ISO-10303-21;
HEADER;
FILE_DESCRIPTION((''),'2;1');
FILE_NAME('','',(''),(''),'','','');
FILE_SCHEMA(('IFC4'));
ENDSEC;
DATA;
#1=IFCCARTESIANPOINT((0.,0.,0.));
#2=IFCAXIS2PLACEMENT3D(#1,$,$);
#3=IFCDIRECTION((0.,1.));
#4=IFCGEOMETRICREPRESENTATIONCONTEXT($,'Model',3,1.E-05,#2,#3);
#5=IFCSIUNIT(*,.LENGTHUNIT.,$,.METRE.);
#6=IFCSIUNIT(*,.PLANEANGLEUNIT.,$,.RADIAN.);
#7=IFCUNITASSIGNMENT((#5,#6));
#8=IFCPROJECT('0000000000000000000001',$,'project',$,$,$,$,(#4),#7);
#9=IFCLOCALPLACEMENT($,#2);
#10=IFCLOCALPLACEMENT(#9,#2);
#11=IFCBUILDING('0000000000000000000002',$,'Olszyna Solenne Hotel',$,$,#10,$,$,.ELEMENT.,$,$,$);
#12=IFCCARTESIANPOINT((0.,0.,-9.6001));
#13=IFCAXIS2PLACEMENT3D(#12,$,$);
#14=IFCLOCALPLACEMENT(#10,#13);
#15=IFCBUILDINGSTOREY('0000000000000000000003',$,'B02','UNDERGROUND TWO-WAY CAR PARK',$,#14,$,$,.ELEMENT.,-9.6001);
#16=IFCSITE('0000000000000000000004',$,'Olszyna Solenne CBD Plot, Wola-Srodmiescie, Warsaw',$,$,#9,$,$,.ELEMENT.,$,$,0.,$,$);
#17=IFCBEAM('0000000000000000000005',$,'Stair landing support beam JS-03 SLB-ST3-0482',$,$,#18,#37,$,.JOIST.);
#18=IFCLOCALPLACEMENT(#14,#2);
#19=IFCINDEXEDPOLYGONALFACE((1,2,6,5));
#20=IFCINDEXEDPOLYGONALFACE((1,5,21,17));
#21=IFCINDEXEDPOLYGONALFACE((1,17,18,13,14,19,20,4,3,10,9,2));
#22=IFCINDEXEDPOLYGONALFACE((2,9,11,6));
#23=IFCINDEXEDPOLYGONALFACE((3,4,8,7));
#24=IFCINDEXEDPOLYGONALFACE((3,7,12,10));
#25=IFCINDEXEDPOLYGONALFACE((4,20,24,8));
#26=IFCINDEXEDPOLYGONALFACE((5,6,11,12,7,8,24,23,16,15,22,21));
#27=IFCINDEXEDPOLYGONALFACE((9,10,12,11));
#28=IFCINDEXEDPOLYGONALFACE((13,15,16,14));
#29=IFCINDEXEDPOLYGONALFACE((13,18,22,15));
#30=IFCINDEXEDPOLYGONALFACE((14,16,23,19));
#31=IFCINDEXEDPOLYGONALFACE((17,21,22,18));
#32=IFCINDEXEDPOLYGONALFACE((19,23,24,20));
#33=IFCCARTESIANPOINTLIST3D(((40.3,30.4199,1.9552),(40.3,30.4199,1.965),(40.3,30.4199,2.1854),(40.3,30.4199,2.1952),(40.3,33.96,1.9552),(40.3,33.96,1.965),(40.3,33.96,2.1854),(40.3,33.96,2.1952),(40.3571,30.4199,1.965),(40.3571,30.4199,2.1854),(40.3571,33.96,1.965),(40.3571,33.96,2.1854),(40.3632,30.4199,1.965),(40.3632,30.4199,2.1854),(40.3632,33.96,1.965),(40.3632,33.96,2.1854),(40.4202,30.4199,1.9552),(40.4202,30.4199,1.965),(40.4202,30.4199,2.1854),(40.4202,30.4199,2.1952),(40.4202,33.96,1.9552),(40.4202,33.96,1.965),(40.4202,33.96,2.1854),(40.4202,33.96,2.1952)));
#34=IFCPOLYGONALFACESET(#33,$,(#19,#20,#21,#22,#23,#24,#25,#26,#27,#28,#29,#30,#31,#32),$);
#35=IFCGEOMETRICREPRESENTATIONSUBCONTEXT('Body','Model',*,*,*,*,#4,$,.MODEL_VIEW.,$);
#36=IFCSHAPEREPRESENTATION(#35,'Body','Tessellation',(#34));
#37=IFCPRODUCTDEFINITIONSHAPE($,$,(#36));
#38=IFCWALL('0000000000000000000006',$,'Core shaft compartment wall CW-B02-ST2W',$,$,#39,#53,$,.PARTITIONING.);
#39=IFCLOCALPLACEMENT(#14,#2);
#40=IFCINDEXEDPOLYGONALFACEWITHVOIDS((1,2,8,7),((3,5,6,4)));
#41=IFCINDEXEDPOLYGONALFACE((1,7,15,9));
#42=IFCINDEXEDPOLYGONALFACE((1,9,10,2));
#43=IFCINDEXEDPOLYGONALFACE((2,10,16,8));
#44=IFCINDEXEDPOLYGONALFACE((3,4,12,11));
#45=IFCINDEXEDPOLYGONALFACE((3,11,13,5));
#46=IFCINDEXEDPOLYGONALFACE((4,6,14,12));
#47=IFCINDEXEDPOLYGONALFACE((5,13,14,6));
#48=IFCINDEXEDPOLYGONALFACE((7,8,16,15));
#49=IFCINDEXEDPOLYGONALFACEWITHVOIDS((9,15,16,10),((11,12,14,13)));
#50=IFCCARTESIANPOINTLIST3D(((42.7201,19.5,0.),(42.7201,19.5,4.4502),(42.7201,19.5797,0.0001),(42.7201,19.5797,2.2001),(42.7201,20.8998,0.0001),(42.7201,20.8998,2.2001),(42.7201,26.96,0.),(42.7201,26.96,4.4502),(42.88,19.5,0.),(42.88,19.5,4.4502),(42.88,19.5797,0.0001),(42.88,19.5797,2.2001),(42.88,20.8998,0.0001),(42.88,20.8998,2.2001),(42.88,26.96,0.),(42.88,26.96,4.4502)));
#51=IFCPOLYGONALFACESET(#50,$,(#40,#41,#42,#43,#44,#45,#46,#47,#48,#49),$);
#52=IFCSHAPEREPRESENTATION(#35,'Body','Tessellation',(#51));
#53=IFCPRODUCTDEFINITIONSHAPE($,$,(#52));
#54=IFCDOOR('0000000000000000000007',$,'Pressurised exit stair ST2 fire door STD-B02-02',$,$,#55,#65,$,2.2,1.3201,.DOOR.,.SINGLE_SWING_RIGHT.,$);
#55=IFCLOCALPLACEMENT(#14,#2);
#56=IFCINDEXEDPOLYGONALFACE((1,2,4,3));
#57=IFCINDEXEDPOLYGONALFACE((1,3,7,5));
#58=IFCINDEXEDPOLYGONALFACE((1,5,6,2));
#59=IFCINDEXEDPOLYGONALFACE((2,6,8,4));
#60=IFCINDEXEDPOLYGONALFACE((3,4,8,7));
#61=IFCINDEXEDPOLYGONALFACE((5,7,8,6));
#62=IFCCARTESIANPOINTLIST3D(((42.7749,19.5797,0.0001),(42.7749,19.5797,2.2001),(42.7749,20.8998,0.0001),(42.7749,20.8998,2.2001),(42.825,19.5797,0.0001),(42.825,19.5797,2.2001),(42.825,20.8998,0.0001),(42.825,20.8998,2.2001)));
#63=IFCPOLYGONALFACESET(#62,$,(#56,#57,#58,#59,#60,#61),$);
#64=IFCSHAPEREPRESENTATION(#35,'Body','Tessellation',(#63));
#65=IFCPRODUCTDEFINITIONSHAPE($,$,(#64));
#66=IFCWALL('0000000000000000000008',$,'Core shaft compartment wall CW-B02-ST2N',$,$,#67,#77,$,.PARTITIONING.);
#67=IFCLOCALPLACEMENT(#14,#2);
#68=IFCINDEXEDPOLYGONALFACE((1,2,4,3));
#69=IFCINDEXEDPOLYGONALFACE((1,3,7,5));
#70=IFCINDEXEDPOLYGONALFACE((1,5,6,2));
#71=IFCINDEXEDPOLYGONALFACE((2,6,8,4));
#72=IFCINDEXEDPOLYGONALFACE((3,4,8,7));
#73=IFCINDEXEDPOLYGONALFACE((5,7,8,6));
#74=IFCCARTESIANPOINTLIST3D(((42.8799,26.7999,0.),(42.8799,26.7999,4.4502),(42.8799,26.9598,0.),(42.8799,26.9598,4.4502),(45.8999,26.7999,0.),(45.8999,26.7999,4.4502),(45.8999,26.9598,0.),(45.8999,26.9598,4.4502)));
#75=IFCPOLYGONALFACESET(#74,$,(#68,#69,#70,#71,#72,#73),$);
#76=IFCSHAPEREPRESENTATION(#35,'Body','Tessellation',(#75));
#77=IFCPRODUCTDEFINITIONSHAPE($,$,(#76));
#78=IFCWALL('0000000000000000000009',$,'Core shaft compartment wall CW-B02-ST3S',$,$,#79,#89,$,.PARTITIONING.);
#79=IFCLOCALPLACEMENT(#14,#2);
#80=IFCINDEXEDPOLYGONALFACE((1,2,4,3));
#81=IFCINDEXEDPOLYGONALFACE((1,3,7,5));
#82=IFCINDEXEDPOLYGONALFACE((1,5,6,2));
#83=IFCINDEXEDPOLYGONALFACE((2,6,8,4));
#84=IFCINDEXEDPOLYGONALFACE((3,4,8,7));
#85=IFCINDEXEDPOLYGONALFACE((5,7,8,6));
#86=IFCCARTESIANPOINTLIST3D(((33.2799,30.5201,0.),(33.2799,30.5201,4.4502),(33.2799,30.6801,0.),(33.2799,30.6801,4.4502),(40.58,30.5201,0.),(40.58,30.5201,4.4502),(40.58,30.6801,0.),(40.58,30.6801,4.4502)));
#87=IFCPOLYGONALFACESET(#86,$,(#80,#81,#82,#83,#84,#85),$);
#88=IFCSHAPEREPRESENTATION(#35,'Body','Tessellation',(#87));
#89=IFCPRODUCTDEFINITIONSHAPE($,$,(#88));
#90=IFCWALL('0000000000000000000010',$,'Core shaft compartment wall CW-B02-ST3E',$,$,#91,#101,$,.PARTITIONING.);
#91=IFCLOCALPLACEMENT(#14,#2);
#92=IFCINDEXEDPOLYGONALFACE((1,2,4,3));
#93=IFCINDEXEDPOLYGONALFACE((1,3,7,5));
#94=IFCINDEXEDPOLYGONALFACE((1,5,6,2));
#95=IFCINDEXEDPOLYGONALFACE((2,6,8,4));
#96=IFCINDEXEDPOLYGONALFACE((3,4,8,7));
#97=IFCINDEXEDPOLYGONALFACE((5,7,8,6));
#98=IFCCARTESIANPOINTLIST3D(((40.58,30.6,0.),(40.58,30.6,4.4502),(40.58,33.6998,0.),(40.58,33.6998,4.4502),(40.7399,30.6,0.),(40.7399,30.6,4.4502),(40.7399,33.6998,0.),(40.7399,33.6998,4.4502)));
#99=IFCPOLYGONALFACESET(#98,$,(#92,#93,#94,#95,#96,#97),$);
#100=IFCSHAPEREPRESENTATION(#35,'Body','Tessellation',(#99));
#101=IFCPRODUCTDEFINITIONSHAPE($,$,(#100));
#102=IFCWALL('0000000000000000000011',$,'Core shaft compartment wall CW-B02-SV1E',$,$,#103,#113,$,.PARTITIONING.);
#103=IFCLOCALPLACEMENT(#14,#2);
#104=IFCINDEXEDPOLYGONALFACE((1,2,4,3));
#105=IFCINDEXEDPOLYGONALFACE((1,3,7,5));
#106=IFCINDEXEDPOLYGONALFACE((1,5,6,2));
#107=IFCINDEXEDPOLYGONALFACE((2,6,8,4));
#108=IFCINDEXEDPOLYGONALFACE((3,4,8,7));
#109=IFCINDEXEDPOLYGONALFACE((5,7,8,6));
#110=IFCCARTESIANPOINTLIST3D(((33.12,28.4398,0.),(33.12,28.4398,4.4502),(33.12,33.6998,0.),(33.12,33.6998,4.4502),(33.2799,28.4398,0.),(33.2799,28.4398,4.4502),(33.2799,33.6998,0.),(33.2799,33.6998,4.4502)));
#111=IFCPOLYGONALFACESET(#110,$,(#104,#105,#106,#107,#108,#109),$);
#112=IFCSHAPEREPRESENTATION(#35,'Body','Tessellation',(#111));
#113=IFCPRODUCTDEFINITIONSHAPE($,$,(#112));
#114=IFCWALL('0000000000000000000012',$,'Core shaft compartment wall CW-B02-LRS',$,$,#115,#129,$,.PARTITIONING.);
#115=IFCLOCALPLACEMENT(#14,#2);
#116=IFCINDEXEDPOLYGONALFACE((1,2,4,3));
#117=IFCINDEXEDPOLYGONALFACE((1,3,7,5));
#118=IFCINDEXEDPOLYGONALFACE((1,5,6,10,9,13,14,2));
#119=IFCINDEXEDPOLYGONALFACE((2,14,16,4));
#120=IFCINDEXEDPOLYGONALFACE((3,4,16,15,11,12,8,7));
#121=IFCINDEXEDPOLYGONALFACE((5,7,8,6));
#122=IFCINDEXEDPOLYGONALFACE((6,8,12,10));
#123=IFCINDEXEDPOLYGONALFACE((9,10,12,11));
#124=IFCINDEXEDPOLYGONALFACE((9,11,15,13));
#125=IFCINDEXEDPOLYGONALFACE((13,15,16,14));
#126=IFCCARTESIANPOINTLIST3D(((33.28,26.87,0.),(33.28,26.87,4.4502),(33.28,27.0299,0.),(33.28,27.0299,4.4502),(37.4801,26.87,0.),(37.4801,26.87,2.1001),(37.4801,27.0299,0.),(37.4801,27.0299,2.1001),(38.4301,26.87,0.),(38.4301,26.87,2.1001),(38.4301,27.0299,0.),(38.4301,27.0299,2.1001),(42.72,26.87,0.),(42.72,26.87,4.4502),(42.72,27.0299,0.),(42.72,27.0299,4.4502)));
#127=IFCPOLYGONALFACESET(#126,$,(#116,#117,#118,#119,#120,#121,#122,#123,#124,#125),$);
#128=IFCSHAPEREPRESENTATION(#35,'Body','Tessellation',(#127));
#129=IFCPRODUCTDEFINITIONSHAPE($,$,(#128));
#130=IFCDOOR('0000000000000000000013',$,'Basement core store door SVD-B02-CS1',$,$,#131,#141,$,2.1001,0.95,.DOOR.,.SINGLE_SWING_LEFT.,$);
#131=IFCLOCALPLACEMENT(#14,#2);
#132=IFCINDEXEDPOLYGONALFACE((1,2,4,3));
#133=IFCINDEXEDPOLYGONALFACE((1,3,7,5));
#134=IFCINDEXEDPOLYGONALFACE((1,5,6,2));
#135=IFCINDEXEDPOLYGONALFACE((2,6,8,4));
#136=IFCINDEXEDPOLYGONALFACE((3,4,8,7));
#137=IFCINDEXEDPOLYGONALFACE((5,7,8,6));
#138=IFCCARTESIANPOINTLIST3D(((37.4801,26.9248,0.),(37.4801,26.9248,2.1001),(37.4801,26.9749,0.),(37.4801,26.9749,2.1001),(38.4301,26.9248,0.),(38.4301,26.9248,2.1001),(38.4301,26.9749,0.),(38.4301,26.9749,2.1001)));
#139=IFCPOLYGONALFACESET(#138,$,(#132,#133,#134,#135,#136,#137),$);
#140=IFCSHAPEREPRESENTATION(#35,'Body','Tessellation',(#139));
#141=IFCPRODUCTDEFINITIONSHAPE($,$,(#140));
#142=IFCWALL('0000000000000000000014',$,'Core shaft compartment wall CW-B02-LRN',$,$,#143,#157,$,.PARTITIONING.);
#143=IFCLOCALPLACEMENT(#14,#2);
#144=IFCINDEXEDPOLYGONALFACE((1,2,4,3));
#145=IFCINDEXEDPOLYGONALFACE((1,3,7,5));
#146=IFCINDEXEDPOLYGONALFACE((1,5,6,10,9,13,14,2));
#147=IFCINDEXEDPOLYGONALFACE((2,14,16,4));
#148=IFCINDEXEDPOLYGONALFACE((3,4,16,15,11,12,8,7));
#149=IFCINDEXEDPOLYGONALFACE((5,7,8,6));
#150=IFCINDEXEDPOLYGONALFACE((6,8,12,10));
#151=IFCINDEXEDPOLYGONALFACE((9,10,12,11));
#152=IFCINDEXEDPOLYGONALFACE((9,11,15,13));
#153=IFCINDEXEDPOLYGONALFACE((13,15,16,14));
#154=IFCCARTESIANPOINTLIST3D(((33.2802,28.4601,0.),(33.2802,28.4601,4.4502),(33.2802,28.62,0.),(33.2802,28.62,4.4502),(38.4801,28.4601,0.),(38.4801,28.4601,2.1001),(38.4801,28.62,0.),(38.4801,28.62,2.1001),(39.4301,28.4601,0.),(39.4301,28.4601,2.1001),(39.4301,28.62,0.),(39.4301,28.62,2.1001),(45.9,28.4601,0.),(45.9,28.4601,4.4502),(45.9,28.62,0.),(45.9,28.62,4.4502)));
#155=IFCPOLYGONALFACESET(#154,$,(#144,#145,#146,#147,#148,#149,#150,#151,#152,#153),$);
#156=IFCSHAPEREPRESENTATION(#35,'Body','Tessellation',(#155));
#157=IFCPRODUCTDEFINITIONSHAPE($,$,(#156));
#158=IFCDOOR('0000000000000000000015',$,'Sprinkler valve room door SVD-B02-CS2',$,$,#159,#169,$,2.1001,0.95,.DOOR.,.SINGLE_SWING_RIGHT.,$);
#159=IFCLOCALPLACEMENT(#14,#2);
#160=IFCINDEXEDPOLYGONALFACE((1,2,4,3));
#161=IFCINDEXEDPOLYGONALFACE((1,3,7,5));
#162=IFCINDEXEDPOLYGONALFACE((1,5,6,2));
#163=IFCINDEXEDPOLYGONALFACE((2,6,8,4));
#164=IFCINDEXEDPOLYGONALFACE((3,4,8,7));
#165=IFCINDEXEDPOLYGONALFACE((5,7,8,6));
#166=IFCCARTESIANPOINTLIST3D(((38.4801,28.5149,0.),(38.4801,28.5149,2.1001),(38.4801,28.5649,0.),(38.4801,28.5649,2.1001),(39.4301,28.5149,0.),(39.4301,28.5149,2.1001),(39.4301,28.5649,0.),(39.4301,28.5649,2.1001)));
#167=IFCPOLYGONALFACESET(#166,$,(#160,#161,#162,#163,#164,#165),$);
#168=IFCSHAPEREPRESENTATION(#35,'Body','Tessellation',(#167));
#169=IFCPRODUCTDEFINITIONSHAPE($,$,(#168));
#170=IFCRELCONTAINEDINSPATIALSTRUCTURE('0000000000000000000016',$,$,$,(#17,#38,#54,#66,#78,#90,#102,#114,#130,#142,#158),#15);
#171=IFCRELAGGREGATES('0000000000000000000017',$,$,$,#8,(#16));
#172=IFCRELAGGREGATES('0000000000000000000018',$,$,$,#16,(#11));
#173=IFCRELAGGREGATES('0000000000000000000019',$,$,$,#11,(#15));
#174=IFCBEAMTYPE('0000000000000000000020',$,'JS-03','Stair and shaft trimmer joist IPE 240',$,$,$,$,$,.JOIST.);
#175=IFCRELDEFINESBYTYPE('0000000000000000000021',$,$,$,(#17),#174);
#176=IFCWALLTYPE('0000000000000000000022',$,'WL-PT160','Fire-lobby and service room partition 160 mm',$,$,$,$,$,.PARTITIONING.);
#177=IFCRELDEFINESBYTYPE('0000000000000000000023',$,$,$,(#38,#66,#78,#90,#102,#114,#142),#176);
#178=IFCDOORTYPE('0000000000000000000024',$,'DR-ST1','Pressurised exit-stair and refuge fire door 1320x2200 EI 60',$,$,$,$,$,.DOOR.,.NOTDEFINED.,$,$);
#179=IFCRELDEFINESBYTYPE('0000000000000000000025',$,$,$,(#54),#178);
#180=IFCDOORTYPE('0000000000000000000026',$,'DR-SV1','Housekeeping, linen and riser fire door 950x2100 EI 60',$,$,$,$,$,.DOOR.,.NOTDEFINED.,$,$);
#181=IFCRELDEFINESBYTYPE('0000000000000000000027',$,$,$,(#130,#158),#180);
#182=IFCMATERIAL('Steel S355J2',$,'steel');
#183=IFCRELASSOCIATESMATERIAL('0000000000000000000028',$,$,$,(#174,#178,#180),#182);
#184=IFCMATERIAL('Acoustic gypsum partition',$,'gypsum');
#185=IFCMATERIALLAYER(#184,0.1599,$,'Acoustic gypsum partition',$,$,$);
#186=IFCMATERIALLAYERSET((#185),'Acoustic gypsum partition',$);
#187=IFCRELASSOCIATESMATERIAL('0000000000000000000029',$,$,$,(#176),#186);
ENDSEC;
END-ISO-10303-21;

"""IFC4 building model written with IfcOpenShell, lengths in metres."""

from ifc_helpers import new_model, si_unit, direction, frame, frame_2d, origin, origin_2d, place, context, subcontext, project, spatial, rectangle, i_section, extrude, source, transform, mapped, material, layer, layer_set, material_profile, profile_set, type_object, type_shapes, element, fill, save


model = new_model("IFC4")

# Units and contexts
model_context = context("Model", 3, precision=1e-05, world=origin(), true_north=direction((0.0, 1.0)))
body_context = subcontext(model_context, "Body", "Model", "MODEL_VIEW")
ifc_project = project(units=[si_unit("LENGTHUNIT", "METRE"), si_unit("PLANEANGLEUNIT", "RADIAN")], contexts=[model_context])

# Site, building, storey
site_placement = place(None, origin())
site = spatial("IfcSite", under=ifc_project, at=site_placement, Name="Olszyna Solenne CBD Plot, Wola-Srodmiescie, Warsaw", CompositionType="ELEMENT", RefElevation=0.0)
building_placement = place(site_placement, origin())
building = spatial("IfcBuilding", under=site, at=building_placement, Name="Olszyna Solenne Hotel", CompositionType="ELEMENT")
storey_placement = place(building_placement, frame((0.0, 0.0, -9.6001)))
storey = spatial("IfcBuildingStorey", under=building, at=storey_placement, Name="B02", Description="UNDERGROUND TWO-WAY CAR PARK", CompositionType="ELEMENT", Elevation=-9.6001)

# Beam
ifc_material_1 = material(Name="Steel S355J2", Category="steel")
ifc_material_profile_1 = material_profile(ifc_material_1, i_section(OverallWidth=0.1201, OverallDepth=0.24, WebThickness=0.0061, FlangeThickness=0.0098, at=origin_2d()), Name="IPE 240", Category="load-bearing")
ifc_profile_set_1 = profile_set([ifc_material_profile_1], Name="Steel S355J2")
beam_type = type_object("IfcBeamType", Name="JS-03", Description="Stair and shaft trimmer joist IPE 240", PredefinedType="JOIST", material=ifc_profile_set_1)
shared_shape_1 = source(origin(), body_context, "Body", "SweptSolid", [
    extrude(i_section(OverallWidth=0.1201, OverallDepth=0.24, WebThickness=0.0061, FlangeThickness=0.0098, at=origin_2d()), origin(), (0.0, 0.0, 1.0), 3.54),
])
for number, where, z_axis, x_axis, name in (
    (1, (40.3601, 30.4199, 2.0752), (0.0, 1.0, 0.0), (-1.0, 0.0, 0.0), "Stair landing support beam JS-03 SLB-ST3-0482"),
):
    element("IfcBeam", number, at=place(storey_placement, frame(where, z_axis=z_axis, x_axis=x_axis)), inside=storey, type_object=beam_type, Name=name, PredefinedType="JOIST", context=body_context, shape_type="MappedRepresentation", body=[
        mapped(shared_shape_1, transform((0.0, 0.0, 0.0), x_axis=(1.0, 0.0, 0.0), y_axis=(0.0, 1.0, 0.0), z_axis=(0.0, 0.0, 1.0), scale=1.0)),
    ])

# Wall, opening, door
ifc_material_2 = material(Name="Acoustic gypsum partition", Category="gypsum")
ifc_layer = layer(ifc_material_2, 0.1599, Name="Acoustic gypsum partition")
ifc_layer_set = layer_set([ifc_layer], Name="Acoustic gypsum partition")
wall_type = type_object("IfcWallType", Name="WL-PT160", Description="Fire-lobby and service room partition 160 mm", PredefinedType="PARTITIONING", material=ifc_layer_set)
wall_1_placement = place(storey_placement, frame((42.8, 26.96, 0.0), z_axis=(0.0, 0.0, 1.0), x_axis=(0.0, -1.0, 0.0)))
wall_1 = element("IfcWall", 2, at=wall_1_placement, inside=storey, type_object=wall_type, Name="Core shaft compartment wall CW-B02-ST2W", PredefinedType="PARTITIONING", context=body_context, shape_type="SweptSolid", body=[
    extrude(rectangle(XDim=7.46, YDim=0.1599, at=frame_2d((3.73, 0.0))), origin(), (0.0, 0.0, 1.0), 4.4502),
])
opening_1_placement = place(wall_1_placement, frame((6.0601, 0.0, 0.0)))
opening_1 = element("IfcOpeningElement", 3, at=opening_1_placement, cuts=wall_1, PredefinedType="OPENING", context=body_context, shape_type="SweptSolid", body=[
    extrude(rectangle(XDim=1.3201, YDim=2.2, at=frame_2d((0.6602, 1.1001))), frame((0.0, 0.0898, 0.0), z_axis=(0.0, -1.0, 0.0), x_axis=(1.0, 0.0, 0.0)), (0.0, 0.0, 1.0), 0.1799),
])
door_type_1 = type_object("IfcDoorType", Name="DR-ST1", Description="Pressurised exit-stair and refuge fire door 1320x2200 EI 60", OperationType="NOTDEFINED", PredefinedType="DOOR", material=ifc_material_1)
shared_shape_2 = source(origin(), body_context, "Body", "SweptSolid", [
    extrude(rectangle(XDim=1.3201, YDim=2.2, at=frame_2d((0.6602, 1.1001))), frame((0.0, 0.0249, 0.0), z_axis=(0.0, -1.0, 0.0), x_axis=(1.0, 0.0, 0.0)), (0.0, 0.0, 1.0), 0.05),
])
type_shapes(door_type_1, [shared_shape_2])
door_1_placement = place(opening_1_placement, origin())
door_1 = element("IfcDoor", 4, at=door_1_placement, inside=storey, type_object=door_type_1, Name="Pressurised exit stair ST2 fire door STD-B02-02", OperationType="SINGLE_SWING_RIGHT", OverallHeight=2.2, OverallWidth=1.3201, PredefinedType="DOOR", context=body_context, shape_type="MappedRepresentation", body=[
    mapped(shared_shape_2, transform((0.0, 0.0, 0.0), x_axis=(1.0, 0.0, 0.0), y_axis=(0.0, 1.0, 0.0), z_axis=(0.0, 0.0, 1.0), scale=1.0)),
])
fill(opening_1, door_1)

# Walls
wall_2_placement = place(storey_placement, frame((42.8799, 26.8799, 0.0), z_axis=(0.0, 0.0, 1.0), x_axis=(1.0, 0.0, 0.0)))
element("IfcWall", 5, at=wall_2_placement, inside=storey, type_object=wall_type, Name="Core shaft compartment wall CW-B02-ST2N", PredefinedType="PARTITIONING", context=body_context, shape_type="SweptSolid", body=[
    extrude(rectangle(XDim=3.02, YDim=0.1599, at=frame_2d((1.51, 0.0))), origin(), (0.0, 0.0, 1.0), 4.4502),
])
wall_3_placement = place(storey_placement, frame((33.28, 30.6001, 0.0), z_axis=(0.0, 0.0, 1.0), x_axis=(1.0, 0.0, 0.0)))
element("IfcWall", 6, at=wall_3_placement, inside=storey, type_object=wall_type, Name="Core shaft compartment wall CW-B02-ST3S", PredefinedType="PARTITIONING", context=body_context, shape_type="SweptSolid", body=[
    extrude(rectangle(XDim=7.3, YDim=0.1599, at=frame_2d((3.6499, 0.0))), origin(), (0.0, 0.0, 1.0), 4.4502),
])
wall_4_placement = place(storey_placement, frame((40.6599, 30.6001, 0.0), z_axis=(0.0, 0.0, 1.0), x_axis=(0.0, 1.0, 0.0)))
element("IfcWall", 7, at=wall_4_placement, inside=storey, type_object=wall_type, Name="Core shaft compartment wall CW-B02-ST3E", PredefinedType="PARTITIONING", context=body_context, shape_type="SweptSolid", body=[
    extrude(rectangle(XDim=3.0999, YDim=0.1599, at=frame_2d((1.5498, 0.0))), origin(), (0.0, 0.0, 1.0), 4.4502),
])
wall_5_placement = place(storey_placement, frame((33.2, 28.4399, 0.0), z_axis=(0.0, 0.0, 1.0), x_axis=(0.0, 1.0, 0.0)))
element("IfcWall", 8, at=wall_5_placement, inside=storey, type_object=wall_type, Name="Core shaft compartment wall CW-B02-SV1E", PredefinedType="PARTITIONING", context=body_context, shape_type="SweptSolid", body=[
    extrude(rectangle(XDim=5.26, YDim=0.1599, at=frame_2d((2.6299, 0.0))), origin(), (0.0, 0.0, 1.0), 4.4502),
])

# Walls, openings, doors
wall_6_placement = place(storey_placement, frame((33.28, 26.95, 0.0), z_axis=(0.0, 0.0, 1.0), x_axis=(1.0, 0.0, 0.0)))
wall_6 = element("IfcWall", 9, at=wall_6_placement, inside=storey, type_object=wall_type, Name="Core shaft compartment wall CW-B02-LRS", PredefinedType="PARTITIONING", context=body_context, shape_type="SweptSolid", body=[
    extrude(rectangle(XDim=9.4399, YDim=0.1599, at=frame_2d((4.72, 0.0))), origin(), (0.0, 0.0, 1.0), 4.4502),
])
opening_2_placement = place(wall_6_placement, frame((4.2, 0.0, 0.0)))
opening_2 = element("IfcOpeningElement", 10, at=opening_2_placement, cuts=wall_6, PredefinedType="OPENING", context=body_context, shape_type="SweptSolid", body=[
    extrude(rectangle(XDim=0.95, YDim=2.1001, at=frame_2d((0.4751, 1.05))), frame((0.0, 0.0898, 0.0), z_axis=(0.0, -1.0, 0.0), x_axis=(1.0, 0.0, 0.0)), (0.0, 0.0, 1.0), 0.1799),
])
door_type_2 = type_object("IfcDoorType", Name="DR-SV1", Description="Housekeeping, linen and riser fire door 950x2100 EI 60", OperationType="NOTDEFINED", PredefinedType="DOOR", material=ifc_material_1)
shared_shape_3 = source(origin(), body_context, "Body", "SweptSolid", [
    extrude(rectangle(XDim=0.95, YDim=2.1001, at=frame_2d((0.4751, 1.05))), frame((0.0, 0.0249, 0.0), z_axis=(0.0, -1.0, 0.0), x_axis=(1.0, 0.0, 0.0)), (0.0, 0.0, 1.0), 0.05),
])
type_shapes(door_type_2, [shared_shape_3])
door_2_placement = place(opening_2_placement, origin())
door_2 = element("IfcDoor", 11, at=door_2_placement, inside=storey, type_object=door_type_2, Name="Basement core store door SVD-B02-CS1", OperationType="SINGLE_SWING_LEFT", OverallHeight=2.1001, OverallWidth=0.95, PredefinedType="DOOR", context=body_context, shape_type="MappedRepresentation", body=[
    mapped(shared_shape_3, transform((0.0, 0.0, 0.0), x_axis=(1.0, 0.0, 0.0), y_axis=(0.0, 1.0, 0.0), z_axis=(0.0, 0.0, 1.0), scale=1.0)),
])
fill(opening_2, door_2)
wall_7_placement = place(storey_placement, frame((33.28, 28.54, 0.0), z_axis=(0.0, 0.0, 1.0), x_axis=(1.0, 0.0, 0.0)))
wall_7 = element("IfcWall", 12, at=wall_7_placement, inside=storey, type_object=wall_type, Name="Core shaft compartment wall CW-B02-LRN", PredefinedType="PARTITIONING", context=body_context, shape_type="SweptSolid", body=[
    extrude(rectangle(XDim=12.6199, YDim=0.1599, at=frame_2d((6.3101, 0.0))), origin(), (0.0, 0.0, 1.0), 4.4502),
])
opening_3_placement = place(wall_7_placement, frame((5.2, 0.0, 0.0)))
opening_3 = element("IfcOpeningElement", 13, at=opening_3_placement, cuts=wall_7, PredefinedType="OPENING", context=body_context, shape_type="SweptSolid", body=[
    extrude(rectangle(XDim=0.95, YDim=2.1001, at=frame_2d((0.4751, 1.05))), frame((0.0, 0.0898, 0.0), z_axis=(0.0, -1.0, 0.0), x_axis=(1.0, 0.0, 0.0)), (0.0, 0.0, 1.0), 0.1799),
])
door_3_placement = place(opening_3_placement, origin())
door_3 = element("IfcDoor", 14, at=door_3_placement, inside=storey, type_object=door_type_2, Name="Sprinkler valve room door SVD-B02-CS2", OperationType="SINGLE_SWING_RIGHT", OverallHeight=2.1001, OverallWidth=0.95, PredefinedType="DOOR", context=body_context, shape_type="MappedRepresentation", body=[
    mapped(shared_shape_3, transform((0.0, 0.0, 0.0), x_axis=(1.0, 0.0, 0.0), y_axis=(0.0, 1.0, 0.0), z_axis=(0.0, 0.0, 1.0), scale=1.0)),
])
fill(opening_3, door_3)

save(model, "model.ifc")
